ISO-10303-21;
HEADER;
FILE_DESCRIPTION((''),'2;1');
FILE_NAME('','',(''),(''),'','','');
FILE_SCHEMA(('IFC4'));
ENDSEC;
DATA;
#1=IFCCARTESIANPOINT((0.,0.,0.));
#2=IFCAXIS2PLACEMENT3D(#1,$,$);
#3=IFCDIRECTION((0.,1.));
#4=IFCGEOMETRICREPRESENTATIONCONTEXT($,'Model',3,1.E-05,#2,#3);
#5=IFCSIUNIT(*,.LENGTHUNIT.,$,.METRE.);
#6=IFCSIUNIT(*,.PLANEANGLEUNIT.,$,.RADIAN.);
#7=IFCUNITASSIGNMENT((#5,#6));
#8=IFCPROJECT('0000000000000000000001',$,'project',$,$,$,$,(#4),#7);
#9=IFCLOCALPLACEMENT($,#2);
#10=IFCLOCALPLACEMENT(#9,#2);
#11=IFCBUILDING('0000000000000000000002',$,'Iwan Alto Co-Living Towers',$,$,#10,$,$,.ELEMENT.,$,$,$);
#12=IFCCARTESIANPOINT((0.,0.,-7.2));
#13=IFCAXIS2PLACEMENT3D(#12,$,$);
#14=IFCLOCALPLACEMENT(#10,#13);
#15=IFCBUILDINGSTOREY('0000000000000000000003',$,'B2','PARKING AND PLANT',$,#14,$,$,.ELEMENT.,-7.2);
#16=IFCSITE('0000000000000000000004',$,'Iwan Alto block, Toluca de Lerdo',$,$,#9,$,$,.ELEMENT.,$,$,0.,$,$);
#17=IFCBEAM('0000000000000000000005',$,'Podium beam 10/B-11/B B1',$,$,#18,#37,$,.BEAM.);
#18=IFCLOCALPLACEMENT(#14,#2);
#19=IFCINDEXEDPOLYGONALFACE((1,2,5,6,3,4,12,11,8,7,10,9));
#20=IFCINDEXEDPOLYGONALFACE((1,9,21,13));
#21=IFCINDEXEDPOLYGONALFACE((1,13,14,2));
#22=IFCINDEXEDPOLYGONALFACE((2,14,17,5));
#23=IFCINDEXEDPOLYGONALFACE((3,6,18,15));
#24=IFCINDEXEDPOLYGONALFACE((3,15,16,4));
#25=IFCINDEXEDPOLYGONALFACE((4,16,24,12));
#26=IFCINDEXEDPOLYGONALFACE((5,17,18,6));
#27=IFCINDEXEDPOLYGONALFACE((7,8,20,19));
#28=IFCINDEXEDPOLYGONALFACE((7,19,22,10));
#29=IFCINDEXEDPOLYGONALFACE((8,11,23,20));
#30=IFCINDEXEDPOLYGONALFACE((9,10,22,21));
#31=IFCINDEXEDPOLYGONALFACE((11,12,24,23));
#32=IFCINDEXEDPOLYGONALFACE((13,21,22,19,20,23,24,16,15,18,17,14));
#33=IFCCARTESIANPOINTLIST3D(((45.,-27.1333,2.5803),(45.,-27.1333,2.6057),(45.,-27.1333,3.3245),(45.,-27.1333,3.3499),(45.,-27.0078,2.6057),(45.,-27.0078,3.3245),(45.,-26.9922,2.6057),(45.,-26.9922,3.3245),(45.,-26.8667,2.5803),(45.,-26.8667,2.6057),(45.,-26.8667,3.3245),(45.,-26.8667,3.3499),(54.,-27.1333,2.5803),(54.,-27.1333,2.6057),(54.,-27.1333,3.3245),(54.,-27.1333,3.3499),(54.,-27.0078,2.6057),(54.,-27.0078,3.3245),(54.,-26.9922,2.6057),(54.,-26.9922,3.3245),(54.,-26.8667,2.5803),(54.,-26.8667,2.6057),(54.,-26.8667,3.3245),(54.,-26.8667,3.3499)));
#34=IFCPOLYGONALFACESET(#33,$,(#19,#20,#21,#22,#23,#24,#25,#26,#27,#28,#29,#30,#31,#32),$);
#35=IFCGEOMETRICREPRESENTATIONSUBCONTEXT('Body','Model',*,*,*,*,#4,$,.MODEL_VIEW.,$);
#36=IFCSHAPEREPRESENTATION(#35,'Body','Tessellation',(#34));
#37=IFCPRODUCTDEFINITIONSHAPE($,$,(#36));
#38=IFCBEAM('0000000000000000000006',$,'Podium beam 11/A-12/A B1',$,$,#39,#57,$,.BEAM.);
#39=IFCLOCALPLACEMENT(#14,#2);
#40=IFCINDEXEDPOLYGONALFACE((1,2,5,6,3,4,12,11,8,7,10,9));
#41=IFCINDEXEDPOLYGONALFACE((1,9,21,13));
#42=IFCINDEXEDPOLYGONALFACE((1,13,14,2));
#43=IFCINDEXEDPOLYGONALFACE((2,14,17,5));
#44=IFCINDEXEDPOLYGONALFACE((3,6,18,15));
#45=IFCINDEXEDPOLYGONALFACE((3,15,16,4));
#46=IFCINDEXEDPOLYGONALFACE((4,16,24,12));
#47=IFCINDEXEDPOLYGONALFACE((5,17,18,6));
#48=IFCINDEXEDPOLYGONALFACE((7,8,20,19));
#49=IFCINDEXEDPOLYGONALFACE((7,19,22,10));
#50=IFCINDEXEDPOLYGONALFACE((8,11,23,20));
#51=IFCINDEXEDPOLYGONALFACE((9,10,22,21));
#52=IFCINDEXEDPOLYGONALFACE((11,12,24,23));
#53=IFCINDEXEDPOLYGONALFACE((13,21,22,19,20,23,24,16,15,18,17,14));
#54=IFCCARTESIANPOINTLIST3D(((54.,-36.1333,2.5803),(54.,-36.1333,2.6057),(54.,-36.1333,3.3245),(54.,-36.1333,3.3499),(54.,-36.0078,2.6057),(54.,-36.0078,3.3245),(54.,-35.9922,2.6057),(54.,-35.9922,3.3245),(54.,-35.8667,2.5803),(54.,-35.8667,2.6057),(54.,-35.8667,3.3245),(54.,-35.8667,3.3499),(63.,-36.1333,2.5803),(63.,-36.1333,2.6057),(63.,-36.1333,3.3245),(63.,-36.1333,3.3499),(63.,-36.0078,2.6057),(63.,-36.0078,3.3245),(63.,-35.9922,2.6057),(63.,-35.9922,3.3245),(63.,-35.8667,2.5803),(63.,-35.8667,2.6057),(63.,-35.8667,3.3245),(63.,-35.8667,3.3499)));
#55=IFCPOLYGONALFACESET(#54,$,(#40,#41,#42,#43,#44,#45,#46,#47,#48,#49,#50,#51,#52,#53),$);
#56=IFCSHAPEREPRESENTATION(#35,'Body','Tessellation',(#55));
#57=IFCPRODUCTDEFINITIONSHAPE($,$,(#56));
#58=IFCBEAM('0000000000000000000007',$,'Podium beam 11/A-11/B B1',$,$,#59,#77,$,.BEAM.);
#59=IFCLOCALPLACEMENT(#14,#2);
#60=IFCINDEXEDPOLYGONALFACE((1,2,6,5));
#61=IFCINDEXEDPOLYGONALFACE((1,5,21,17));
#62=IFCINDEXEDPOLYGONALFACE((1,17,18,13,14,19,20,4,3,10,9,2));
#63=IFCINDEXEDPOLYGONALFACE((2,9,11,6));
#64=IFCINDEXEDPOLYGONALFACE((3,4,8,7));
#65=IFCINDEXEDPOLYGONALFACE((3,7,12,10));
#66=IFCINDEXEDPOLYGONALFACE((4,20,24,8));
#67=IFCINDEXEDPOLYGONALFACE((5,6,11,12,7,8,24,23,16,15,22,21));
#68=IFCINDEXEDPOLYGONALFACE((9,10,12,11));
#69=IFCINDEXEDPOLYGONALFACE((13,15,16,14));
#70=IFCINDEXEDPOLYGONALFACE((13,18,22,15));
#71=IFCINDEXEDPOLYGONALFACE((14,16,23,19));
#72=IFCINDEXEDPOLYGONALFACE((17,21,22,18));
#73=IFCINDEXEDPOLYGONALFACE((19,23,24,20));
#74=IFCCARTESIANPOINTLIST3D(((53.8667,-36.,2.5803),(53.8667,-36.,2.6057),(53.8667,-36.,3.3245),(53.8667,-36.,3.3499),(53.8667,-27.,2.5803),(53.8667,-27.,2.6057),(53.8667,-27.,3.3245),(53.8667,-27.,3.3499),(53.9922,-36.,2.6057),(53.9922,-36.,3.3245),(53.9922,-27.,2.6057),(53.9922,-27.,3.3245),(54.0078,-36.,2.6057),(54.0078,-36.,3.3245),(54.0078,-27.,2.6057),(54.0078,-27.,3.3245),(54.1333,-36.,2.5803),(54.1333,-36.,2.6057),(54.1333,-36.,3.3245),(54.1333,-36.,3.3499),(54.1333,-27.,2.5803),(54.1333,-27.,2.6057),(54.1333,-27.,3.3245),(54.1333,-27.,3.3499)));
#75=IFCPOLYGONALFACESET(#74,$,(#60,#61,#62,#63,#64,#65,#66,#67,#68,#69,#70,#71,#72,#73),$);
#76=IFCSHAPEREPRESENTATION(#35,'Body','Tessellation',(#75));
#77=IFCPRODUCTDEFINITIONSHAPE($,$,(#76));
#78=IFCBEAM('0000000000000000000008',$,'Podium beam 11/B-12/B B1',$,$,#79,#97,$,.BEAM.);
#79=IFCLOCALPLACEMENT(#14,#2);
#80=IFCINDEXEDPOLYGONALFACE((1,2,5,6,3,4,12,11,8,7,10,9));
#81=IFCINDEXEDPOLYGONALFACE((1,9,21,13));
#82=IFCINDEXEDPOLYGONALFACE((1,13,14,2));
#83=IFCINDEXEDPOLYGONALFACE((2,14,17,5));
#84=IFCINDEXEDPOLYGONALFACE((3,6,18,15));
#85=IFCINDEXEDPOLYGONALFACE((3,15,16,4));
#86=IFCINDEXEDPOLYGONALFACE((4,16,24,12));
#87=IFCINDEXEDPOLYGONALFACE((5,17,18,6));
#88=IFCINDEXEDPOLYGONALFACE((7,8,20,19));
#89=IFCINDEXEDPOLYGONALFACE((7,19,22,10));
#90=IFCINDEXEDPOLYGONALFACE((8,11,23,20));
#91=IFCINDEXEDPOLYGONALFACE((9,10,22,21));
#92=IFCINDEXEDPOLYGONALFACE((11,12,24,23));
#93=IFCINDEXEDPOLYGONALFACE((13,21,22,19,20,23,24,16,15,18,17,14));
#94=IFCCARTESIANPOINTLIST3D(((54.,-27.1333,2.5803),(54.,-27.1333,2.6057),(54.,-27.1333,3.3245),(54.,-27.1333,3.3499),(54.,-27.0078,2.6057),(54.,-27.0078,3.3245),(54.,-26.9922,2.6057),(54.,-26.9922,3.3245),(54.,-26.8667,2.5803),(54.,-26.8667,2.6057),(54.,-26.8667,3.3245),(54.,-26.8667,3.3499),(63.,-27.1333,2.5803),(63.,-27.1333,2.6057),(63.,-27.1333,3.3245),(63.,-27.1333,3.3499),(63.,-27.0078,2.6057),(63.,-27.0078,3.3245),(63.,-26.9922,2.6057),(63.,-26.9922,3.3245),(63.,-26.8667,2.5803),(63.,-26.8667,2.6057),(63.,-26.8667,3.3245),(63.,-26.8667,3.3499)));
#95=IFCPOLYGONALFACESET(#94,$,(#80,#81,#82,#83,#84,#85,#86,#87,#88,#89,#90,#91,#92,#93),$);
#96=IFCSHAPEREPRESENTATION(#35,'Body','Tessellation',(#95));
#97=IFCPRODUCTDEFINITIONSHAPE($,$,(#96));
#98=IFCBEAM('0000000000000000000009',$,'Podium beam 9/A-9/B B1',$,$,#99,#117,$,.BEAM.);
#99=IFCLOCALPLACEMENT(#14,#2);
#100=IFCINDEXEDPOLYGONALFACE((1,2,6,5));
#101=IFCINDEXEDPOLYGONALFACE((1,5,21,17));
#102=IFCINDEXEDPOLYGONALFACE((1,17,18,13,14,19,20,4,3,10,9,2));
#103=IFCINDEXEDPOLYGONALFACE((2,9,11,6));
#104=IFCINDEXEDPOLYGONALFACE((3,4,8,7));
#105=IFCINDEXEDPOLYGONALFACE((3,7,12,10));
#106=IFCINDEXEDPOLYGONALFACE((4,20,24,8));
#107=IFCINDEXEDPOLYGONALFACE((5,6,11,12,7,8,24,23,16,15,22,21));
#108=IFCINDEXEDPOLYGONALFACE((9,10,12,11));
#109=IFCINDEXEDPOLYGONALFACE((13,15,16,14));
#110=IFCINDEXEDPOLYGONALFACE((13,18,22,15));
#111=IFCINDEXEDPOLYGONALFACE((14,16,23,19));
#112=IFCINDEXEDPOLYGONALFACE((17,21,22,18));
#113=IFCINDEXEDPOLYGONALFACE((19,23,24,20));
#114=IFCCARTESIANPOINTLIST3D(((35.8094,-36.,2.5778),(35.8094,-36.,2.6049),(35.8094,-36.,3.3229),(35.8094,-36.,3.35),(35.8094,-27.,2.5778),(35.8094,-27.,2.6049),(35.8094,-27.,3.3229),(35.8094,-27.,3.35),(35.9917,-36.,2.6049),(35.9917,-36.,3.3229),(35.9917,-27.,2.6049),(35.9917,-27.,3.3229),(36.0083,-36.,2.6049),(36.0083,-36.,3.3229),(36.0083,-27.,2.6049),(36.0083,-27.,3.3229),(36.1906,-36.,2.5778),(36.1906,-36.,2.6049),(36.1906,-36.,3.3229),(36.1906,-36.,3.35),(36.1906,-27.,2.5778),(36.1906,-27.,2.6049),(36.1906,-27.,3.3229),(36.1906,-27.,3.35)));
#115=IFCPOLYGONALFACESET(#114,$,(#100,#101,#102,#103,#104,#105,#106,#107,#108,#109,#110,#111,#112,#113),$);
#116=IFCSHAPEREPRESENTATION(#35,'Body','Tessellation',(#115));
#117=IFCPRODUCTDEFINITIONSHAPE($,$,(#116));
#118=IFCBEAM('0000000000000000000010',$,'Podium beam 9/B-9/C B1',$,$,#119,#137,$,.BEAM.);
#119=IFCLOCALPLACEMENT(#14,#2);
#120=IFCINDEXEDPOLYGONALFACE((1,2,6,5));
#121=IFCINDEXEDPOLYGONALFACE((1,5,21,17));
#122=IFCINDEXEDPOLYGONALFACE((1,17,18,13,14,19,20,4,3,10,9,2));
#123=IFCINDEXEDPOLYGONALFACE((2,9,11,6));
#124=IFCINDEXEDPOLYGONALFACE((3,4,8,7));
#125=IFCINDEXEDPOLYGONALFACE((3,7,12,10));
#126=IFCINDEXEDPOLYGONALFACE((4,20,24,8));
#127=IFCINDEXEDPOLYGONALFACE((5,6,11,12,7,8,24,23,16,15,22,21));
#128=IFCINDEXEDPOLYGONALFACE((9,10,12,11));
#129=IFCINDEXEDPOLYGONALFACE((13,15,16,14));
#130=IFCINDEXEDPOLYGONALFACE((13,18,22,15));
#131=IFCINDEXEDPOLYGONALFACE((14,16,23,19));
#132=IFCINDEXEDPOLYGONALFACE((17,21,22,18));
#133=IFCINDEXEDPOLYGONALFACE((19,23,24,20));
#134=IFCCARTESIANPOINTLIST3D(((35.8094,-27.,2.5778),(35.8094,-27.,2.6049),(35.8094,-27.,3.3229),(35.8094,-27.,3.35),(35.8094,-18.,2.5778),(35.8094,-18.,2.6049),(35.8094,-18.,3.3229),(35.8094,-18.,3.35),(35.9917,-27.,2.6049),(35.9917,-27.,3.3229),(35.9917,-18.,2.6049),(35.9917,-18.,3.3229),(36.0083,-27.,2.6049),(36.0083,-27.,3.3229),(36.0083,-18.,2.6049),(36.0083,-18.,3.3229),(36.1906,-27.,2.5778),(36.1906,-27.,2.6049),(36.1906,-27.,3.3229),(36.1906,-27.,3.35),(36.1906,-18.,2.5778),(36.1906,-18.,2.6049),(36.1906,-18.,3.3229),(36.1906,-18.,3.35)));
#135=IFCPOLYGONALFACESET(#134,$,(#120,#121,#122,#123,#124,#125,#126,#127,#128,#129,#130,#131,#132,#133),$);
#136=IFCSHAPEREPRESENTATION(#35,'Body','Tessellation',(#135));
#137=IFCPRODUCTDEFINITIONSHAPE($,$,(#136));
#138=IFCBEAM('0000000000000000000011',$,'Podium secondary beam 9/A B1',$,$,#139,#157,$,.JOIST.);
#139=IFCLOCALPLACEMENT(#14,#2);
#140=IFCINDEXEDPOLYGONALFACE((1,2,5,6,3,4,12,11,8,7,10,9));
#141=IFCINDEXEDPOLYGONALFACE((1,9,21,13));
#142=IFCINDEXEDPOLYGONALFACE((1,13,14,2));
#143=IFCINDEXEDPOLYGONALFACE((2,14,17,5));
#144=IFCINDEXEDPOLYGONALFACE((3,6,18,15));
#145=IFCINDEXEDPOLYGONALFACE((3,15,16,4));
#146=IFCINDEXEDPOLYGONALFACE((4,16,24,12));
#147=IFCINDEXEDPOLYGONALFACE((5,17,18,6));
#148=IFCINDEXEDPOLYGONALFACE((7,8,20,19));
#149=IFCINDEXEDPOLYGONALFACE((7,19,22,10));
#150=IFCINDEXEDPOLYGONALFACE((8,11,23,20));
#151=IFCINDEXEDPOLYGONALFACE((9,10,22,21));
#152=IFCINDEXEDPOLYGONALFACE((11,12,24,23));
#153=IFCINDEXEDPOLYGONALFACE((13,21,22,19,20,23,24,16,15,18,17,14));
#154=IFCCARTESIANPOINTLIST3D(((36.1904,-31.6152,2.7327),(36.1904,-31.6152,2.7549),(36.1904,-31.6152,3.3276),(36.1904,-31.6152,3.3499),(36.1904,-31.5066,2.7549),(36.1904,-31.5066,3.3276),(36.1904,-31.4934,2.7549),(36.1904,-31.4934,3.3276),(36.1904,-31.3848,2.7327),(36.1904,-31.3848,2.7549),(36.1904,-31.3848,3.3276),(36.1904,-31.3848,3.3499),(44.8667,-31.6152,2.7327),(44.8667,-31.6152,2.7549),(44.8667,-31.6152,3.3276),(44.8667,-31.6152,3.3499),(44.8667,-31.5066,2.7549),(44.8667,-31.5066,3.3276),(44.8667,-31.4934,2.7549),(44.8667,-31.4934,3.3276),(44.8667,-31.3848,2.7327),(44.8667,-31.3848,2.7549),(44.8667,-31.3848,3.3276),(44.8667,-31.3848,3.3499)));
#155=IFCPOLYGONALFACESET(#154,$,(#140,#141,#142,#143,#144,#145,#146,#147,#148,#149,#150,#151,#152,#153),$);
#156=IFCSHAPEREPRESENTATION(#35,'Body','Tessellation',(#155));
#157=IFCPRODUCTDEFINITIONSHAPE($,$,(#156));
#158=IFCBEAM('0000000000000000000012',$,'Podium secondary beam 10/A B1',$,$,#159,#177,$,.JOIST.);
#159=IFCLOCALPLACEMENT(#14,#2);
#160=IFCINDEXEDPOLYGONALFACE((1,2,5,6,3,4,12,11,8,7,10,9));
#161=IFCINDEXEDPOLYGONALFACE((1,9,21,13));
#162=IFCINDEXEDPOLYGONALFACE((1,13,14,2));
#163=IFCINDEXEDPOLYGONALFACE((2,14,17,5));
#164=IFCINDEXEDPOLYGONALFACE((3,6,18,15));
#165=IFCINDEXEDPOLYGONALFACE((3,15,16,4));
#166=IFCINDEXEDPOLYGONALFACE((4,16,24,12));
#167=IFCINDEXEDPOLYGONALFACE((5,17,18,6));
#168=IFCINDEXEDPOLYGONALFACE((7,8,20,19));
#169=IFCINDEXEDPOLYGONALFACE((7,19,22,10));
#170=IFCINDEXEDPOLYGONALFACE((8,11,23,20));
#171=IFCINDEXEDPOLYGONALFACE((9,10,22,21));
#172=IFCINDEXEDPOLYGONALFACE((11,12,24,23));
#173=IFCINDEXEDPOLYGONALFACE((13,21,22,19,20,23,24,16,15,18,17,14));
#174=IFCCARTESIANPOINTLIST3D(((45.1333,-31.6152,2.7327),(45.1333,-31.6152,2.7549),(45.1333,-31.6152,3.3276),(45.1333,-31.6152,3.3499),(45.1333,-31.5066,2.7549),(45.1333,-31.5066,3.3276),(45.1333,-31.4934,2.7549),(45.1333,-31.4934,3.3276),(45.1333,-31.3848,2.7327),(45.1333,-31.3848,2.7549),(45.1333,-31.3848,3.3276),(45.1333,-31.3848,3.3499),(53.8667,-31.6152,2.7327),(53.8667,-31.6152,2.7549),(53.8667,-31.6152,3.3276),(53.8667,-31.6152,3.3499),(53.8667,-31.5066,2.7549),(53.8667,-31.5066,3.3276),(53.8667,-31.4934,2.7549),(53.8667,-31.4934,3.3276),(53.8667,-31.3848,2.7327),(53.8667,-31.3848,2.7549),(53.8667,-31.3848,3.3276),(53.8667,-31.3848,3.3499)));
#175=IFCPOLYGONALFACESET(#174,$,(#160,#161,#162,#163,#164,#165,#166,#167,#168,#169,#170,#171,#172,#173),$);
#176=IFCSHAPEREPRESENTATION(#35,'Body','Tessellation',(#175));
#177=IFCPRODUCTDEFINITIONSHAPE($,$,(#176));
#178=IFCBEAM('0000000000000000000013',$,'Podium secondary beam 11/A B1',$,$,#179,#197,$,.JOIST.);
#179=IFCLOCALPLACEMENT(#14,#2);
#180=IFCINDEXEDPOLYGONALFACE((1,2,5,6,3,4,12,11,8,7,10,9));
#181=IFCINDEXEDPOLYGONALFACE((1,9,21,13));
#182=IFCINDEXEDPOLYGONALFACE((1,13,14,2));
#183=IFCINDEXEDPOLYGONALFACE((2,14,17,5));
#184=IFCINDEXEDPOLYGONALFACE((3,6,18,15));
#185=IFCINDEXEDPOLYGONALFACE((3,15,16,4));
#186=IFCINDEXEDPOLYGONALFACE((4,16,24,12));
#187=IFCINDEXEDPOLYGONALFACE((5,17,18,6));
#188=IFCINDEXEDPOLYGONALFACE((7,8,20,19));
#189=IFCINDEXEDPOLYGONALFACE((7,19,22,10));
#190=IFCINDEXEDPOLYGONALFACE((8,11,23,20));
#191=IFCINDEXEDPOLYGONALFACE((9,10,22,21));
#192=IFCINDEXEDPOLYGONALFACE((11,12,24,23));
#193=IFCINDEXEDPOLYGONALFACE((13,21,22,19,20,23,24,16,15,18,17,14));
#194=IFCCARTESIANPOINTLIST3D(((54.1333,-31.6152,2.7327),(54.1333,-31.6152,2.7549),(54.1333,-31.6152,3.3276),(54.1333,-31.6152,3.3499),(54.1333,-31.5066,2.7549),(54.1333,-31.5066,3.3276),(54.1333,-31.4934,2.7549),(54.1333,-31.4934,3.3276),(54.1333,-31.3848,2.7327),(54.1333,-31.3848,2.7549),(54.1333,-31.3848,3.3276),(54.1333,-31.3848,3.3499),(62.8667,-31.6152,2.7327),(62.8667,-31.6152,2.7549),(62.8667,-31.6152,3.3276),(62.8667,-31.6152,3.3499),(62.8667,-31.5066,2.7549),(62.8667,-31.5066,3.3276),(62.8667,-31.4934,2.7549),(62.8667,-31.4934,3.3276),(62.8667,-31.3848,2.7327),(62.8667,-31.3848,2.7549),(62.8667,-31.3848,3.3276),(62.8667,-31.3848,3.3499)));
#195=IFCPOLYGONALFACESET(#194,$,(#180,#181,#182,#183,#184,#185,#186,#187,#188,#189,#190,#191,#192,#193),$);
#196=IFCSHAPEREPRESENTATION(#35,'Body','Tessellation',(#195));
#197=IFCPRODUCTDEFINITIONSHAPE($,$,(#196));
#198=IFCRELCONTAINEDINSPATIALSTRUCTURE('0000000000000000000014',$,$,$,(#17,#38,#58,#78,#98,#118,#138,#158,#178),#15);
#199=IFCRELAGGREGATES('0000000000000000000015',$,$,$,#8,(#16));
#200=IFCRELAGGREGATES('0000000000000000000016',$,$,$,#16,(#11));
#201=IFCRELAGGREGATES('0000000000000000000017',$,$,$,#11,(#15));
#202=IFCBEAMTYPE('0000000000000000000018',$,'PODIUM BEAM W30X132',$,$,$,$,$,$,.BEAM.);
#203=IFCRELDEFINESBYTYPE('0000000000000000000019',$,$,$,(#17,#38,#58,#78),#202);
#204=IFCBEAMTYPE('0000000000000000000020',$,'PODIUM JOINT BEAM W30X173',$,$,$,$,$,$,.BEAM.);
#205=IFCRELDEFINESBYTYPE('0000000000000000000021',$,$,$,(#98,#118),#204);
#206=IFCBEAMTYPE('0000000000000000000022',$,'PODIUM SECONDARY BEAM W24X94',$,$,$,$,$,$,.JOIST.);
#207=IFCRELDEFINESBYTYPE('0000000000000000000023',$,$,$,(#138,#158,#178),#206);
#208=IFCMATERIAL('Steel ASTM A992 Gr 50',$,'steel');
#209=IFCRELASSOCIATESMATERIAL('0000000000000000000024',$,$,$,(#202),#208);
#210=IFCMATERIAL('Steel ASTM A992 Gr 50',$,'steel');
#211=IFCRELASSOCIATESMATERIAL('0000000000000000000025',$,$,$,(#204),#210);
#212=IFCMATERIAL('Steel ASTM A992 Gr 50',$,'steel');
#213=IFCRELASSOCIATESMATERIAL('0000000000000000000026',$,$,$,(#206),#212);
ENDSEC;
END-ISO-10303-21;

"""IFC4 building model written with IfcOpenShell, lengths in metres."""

from ifc_helpers import new_model, si_unit, direction, frame, origin, origin_2d, place, context, subcontext, project, spatial, i_section, extrude, material, material_profile, profile_set, type_object, element, save


model = new_model("IFC4")

# Units and contexts
model_context = context("Model", 3, precision=1e-05, world=origin(), true_north=direction((0.0, 1.0)))
body_context = subcontext(model_context, "Body", "Model", "MODEL_VIEW")
ifc_project = project(units=[si_unit("LENGTHUNIT", "METRE"), si_unit("PLANEANGLEUNIT", "RADIAN")], contexts=[model_context])

# Site, building, storey
site_placement = place(None, origin())
site = spatial("IfcSite", under=ifc_project, at=site_placement, Name="Iwan Alto block, Toluca de Lerdo", CompositionType="ELEMENT", RefElevation=0.0)
building_placement = place(site_placement, origin())
building = spatial("IfcBuilding", under=site, at=building_placement, Name="Iwan Alto Co-Living Towers", CompositionType="ELEMENT")
storey_placement = place(building_placement, frame((0.0, 0.0, -7.2)))
storey = spatial("IfcBuildingStorey", under=building, at=storey_placement, Name="B2", Description="PARKING AND PLANT", CompositionType="ELEMENT", Elevation=-7.2)

# Beams
ifc_material_1 = material(Name="Steel ASTM A992 Gr 50", Category="steel")
ifc_material_profile_1 = material_profile(ifc_material_1, i_section(OverallWidth=0.2666, OverallDepth=0.7695, WebThickness=0.0156, FlangeThickness=0.0254, at=origin_2d()), Name="W30X132")
ifc_profile_set_1 = profile_set([ifc_material_profile_1], Name="Steel ASTM A992 Gr 50")
beam_type_1 = type_object("IfcBeamType", Name="PODIUM BEAM W30X132", PredefinedType="BEAM", material=ifc_profile_set_1)
for number, where, z_axis, x_axis, name in (
    (1, (45.0, -27.0, 2.9651), (1.0, 0.0, 0.0), (0.0, 1.0, 0.0), "Podium beam 10/B-11/B B1"),
    (2, (54.0, -36.0, 2.9651), (1.0, 0.0, 0.0), (0.0, 1.0, 0.0), "Podium beam 11/A-12/A B1"),
    (3, (54.0, -36.0, 2.9651), (0.0, 1.0, 0.0), (-1.0, 0.0, 0.0), "Podium beam 11/A-11/B B1"),
    (4, (54.0, -27.0, 2.9651), (1.0, 0.0, 0.0), (0.0, 1.0, 0.0), "Podium beam 11/B-12/B B1"),
):
    element("IfcBeam", number, at=place(storey_placement, frame(where, z_axis=z_axis, x_axis=x_axis)), inside=storey, type_object=beam_type_1, Name=name, PredefinedType="BEAM", context=body_context, shape_type="SweptSolid", body=[
        extrude(i_section(OverallWidth=0.2666, OverallDepth=0.7695, WebThickness=0.0156, FlangeThickness=0.0254, at=origin_2d()), origin(), (0.0, 0.0, 1.0), 9.0),
    ])
ifc_material_2 = material(Name="Steel ASTM A992 Gr 50", Category="steel")
ifc_material_profile_2 = material_profile(ifc_material_2, i_section(OverallWidth=0.3811, OverallDepth=0.7722, WebThickness=0.0166, FlangeThickness=0.0271, at=origin_2d()), Name="W30X173")
ifc_profile_set_2 = profile_set([ifc_material_profile_2], Name="Steel ASTM A992 Gr 50")
beam_type_2 = type_object("IfcBeamType", Name="PODIUM JOINT BEAM W30X173", PredefinedType="BEAM", material=ifc_profile_set_2)
for number, where, z_axis, x_axis, name in (
    (5, (36.0, -36.0, 2.9639), (0.0, 1.0, 0.0), (-1.0, 0.0, 0.0), "Podium beam 9/A-9/B B1"),
    (6, (36.0, -27.0, 2.9639), (0.0, 1.0, 0.0), (-1.0, 0.0, 0.0), "Podium beam 9/B-9/C B1"),
):
    element("IfcBeam", number, at=place(storey_placement, frame(where, z_axis=z_axis, x_axis=x_axis)), inside=storey, type_object=beam_type_2, Name=name, PredefinedType="BEAM", context=body_context, shape_type="SweptSolid", body=[
        extrude(i_section(OverallWidth=0.3811, OverallDepth=0.7722, WebThickness=0.0166, FlangeThickness=0.0271, at=origin_2d()), origin(), (0.0, 0.0, 1.0), 9.0),
    ])
ifc_material_3 = material(Name="Steel ASTM A992 Gr 50", Category="steel")
ifc_material_profile_3 = material_profile(ifc_material_3, i_section(OverallWidth=0.2305, OverallDepth=0.6172, WebThickness=0.0132, FlangeThickness=0.0222, at=origin_2d()), Name="W24X94")
ifc_profile_set_3 = profile_set([ifc_material_profile_3], Name="Steel ASTM A992 Gr 50")
beam_type_3 = type_object("IfcBeamType", Name="PODIUM SECONDARY BEAM W24X94", PredefinedType="JOIST", material=ifc_profile_set_3)
beam_placement = place(storey_placement, frame((36.1904, -31.5, 3.0413), z_axis=(1.0, 0.0, 0.0), x_axis=(0.0, 1.0, 0.0)))
element("IfcBeam", 7, at=beam_placement, inside=storey, type_object=beam_type_3, Name="Podium secondary beam 9/A B1", PredefinedType="JOIST", context=body_context, shape_type="SweptSolid", body=[
    extrude(i_section(OverallWidth=0.2305, OverallDepth=0.6172, WebThickness=0.0132, FlangeThickness=0.0222, at=origin_2d()), origin(), (0.0, 0.0, 1.0), 8.6763),
])
for number, where, z_axis, x_axis, name in (
    (8, (45.1333, -31.5, 3.0413), (1.0, 0.0, 0.0), (0.0, 1.0, 0.0), "Podium secondary beam 10/A B1"),
    (9, (54.1333, -31.5, 3.0413), (1.0, 0.0, 0.0), (0.0, 1.0, 0.0), "Podium secondary beam 11/A B1"),
):
    element("IfcBeam", number, at=place(storey_placement, frame(where, z_axis=z_axis, x_axis=x_axis)), inside=storey, type_object=beam_type_3, Name=name, PredefinedType="JOIST", context=body_context, shape_type="SweptSolid", body=[
        extrude(i_section(OverallWidth=0.2305, OverallDepth=0.6172, WebThickness=0.0132, FlangeThickness=0.0222, at=origin_2d()), origin(), (0.0, 0.0, 1.0), 8.7334),
    ])

save(model, "model.ifc")
